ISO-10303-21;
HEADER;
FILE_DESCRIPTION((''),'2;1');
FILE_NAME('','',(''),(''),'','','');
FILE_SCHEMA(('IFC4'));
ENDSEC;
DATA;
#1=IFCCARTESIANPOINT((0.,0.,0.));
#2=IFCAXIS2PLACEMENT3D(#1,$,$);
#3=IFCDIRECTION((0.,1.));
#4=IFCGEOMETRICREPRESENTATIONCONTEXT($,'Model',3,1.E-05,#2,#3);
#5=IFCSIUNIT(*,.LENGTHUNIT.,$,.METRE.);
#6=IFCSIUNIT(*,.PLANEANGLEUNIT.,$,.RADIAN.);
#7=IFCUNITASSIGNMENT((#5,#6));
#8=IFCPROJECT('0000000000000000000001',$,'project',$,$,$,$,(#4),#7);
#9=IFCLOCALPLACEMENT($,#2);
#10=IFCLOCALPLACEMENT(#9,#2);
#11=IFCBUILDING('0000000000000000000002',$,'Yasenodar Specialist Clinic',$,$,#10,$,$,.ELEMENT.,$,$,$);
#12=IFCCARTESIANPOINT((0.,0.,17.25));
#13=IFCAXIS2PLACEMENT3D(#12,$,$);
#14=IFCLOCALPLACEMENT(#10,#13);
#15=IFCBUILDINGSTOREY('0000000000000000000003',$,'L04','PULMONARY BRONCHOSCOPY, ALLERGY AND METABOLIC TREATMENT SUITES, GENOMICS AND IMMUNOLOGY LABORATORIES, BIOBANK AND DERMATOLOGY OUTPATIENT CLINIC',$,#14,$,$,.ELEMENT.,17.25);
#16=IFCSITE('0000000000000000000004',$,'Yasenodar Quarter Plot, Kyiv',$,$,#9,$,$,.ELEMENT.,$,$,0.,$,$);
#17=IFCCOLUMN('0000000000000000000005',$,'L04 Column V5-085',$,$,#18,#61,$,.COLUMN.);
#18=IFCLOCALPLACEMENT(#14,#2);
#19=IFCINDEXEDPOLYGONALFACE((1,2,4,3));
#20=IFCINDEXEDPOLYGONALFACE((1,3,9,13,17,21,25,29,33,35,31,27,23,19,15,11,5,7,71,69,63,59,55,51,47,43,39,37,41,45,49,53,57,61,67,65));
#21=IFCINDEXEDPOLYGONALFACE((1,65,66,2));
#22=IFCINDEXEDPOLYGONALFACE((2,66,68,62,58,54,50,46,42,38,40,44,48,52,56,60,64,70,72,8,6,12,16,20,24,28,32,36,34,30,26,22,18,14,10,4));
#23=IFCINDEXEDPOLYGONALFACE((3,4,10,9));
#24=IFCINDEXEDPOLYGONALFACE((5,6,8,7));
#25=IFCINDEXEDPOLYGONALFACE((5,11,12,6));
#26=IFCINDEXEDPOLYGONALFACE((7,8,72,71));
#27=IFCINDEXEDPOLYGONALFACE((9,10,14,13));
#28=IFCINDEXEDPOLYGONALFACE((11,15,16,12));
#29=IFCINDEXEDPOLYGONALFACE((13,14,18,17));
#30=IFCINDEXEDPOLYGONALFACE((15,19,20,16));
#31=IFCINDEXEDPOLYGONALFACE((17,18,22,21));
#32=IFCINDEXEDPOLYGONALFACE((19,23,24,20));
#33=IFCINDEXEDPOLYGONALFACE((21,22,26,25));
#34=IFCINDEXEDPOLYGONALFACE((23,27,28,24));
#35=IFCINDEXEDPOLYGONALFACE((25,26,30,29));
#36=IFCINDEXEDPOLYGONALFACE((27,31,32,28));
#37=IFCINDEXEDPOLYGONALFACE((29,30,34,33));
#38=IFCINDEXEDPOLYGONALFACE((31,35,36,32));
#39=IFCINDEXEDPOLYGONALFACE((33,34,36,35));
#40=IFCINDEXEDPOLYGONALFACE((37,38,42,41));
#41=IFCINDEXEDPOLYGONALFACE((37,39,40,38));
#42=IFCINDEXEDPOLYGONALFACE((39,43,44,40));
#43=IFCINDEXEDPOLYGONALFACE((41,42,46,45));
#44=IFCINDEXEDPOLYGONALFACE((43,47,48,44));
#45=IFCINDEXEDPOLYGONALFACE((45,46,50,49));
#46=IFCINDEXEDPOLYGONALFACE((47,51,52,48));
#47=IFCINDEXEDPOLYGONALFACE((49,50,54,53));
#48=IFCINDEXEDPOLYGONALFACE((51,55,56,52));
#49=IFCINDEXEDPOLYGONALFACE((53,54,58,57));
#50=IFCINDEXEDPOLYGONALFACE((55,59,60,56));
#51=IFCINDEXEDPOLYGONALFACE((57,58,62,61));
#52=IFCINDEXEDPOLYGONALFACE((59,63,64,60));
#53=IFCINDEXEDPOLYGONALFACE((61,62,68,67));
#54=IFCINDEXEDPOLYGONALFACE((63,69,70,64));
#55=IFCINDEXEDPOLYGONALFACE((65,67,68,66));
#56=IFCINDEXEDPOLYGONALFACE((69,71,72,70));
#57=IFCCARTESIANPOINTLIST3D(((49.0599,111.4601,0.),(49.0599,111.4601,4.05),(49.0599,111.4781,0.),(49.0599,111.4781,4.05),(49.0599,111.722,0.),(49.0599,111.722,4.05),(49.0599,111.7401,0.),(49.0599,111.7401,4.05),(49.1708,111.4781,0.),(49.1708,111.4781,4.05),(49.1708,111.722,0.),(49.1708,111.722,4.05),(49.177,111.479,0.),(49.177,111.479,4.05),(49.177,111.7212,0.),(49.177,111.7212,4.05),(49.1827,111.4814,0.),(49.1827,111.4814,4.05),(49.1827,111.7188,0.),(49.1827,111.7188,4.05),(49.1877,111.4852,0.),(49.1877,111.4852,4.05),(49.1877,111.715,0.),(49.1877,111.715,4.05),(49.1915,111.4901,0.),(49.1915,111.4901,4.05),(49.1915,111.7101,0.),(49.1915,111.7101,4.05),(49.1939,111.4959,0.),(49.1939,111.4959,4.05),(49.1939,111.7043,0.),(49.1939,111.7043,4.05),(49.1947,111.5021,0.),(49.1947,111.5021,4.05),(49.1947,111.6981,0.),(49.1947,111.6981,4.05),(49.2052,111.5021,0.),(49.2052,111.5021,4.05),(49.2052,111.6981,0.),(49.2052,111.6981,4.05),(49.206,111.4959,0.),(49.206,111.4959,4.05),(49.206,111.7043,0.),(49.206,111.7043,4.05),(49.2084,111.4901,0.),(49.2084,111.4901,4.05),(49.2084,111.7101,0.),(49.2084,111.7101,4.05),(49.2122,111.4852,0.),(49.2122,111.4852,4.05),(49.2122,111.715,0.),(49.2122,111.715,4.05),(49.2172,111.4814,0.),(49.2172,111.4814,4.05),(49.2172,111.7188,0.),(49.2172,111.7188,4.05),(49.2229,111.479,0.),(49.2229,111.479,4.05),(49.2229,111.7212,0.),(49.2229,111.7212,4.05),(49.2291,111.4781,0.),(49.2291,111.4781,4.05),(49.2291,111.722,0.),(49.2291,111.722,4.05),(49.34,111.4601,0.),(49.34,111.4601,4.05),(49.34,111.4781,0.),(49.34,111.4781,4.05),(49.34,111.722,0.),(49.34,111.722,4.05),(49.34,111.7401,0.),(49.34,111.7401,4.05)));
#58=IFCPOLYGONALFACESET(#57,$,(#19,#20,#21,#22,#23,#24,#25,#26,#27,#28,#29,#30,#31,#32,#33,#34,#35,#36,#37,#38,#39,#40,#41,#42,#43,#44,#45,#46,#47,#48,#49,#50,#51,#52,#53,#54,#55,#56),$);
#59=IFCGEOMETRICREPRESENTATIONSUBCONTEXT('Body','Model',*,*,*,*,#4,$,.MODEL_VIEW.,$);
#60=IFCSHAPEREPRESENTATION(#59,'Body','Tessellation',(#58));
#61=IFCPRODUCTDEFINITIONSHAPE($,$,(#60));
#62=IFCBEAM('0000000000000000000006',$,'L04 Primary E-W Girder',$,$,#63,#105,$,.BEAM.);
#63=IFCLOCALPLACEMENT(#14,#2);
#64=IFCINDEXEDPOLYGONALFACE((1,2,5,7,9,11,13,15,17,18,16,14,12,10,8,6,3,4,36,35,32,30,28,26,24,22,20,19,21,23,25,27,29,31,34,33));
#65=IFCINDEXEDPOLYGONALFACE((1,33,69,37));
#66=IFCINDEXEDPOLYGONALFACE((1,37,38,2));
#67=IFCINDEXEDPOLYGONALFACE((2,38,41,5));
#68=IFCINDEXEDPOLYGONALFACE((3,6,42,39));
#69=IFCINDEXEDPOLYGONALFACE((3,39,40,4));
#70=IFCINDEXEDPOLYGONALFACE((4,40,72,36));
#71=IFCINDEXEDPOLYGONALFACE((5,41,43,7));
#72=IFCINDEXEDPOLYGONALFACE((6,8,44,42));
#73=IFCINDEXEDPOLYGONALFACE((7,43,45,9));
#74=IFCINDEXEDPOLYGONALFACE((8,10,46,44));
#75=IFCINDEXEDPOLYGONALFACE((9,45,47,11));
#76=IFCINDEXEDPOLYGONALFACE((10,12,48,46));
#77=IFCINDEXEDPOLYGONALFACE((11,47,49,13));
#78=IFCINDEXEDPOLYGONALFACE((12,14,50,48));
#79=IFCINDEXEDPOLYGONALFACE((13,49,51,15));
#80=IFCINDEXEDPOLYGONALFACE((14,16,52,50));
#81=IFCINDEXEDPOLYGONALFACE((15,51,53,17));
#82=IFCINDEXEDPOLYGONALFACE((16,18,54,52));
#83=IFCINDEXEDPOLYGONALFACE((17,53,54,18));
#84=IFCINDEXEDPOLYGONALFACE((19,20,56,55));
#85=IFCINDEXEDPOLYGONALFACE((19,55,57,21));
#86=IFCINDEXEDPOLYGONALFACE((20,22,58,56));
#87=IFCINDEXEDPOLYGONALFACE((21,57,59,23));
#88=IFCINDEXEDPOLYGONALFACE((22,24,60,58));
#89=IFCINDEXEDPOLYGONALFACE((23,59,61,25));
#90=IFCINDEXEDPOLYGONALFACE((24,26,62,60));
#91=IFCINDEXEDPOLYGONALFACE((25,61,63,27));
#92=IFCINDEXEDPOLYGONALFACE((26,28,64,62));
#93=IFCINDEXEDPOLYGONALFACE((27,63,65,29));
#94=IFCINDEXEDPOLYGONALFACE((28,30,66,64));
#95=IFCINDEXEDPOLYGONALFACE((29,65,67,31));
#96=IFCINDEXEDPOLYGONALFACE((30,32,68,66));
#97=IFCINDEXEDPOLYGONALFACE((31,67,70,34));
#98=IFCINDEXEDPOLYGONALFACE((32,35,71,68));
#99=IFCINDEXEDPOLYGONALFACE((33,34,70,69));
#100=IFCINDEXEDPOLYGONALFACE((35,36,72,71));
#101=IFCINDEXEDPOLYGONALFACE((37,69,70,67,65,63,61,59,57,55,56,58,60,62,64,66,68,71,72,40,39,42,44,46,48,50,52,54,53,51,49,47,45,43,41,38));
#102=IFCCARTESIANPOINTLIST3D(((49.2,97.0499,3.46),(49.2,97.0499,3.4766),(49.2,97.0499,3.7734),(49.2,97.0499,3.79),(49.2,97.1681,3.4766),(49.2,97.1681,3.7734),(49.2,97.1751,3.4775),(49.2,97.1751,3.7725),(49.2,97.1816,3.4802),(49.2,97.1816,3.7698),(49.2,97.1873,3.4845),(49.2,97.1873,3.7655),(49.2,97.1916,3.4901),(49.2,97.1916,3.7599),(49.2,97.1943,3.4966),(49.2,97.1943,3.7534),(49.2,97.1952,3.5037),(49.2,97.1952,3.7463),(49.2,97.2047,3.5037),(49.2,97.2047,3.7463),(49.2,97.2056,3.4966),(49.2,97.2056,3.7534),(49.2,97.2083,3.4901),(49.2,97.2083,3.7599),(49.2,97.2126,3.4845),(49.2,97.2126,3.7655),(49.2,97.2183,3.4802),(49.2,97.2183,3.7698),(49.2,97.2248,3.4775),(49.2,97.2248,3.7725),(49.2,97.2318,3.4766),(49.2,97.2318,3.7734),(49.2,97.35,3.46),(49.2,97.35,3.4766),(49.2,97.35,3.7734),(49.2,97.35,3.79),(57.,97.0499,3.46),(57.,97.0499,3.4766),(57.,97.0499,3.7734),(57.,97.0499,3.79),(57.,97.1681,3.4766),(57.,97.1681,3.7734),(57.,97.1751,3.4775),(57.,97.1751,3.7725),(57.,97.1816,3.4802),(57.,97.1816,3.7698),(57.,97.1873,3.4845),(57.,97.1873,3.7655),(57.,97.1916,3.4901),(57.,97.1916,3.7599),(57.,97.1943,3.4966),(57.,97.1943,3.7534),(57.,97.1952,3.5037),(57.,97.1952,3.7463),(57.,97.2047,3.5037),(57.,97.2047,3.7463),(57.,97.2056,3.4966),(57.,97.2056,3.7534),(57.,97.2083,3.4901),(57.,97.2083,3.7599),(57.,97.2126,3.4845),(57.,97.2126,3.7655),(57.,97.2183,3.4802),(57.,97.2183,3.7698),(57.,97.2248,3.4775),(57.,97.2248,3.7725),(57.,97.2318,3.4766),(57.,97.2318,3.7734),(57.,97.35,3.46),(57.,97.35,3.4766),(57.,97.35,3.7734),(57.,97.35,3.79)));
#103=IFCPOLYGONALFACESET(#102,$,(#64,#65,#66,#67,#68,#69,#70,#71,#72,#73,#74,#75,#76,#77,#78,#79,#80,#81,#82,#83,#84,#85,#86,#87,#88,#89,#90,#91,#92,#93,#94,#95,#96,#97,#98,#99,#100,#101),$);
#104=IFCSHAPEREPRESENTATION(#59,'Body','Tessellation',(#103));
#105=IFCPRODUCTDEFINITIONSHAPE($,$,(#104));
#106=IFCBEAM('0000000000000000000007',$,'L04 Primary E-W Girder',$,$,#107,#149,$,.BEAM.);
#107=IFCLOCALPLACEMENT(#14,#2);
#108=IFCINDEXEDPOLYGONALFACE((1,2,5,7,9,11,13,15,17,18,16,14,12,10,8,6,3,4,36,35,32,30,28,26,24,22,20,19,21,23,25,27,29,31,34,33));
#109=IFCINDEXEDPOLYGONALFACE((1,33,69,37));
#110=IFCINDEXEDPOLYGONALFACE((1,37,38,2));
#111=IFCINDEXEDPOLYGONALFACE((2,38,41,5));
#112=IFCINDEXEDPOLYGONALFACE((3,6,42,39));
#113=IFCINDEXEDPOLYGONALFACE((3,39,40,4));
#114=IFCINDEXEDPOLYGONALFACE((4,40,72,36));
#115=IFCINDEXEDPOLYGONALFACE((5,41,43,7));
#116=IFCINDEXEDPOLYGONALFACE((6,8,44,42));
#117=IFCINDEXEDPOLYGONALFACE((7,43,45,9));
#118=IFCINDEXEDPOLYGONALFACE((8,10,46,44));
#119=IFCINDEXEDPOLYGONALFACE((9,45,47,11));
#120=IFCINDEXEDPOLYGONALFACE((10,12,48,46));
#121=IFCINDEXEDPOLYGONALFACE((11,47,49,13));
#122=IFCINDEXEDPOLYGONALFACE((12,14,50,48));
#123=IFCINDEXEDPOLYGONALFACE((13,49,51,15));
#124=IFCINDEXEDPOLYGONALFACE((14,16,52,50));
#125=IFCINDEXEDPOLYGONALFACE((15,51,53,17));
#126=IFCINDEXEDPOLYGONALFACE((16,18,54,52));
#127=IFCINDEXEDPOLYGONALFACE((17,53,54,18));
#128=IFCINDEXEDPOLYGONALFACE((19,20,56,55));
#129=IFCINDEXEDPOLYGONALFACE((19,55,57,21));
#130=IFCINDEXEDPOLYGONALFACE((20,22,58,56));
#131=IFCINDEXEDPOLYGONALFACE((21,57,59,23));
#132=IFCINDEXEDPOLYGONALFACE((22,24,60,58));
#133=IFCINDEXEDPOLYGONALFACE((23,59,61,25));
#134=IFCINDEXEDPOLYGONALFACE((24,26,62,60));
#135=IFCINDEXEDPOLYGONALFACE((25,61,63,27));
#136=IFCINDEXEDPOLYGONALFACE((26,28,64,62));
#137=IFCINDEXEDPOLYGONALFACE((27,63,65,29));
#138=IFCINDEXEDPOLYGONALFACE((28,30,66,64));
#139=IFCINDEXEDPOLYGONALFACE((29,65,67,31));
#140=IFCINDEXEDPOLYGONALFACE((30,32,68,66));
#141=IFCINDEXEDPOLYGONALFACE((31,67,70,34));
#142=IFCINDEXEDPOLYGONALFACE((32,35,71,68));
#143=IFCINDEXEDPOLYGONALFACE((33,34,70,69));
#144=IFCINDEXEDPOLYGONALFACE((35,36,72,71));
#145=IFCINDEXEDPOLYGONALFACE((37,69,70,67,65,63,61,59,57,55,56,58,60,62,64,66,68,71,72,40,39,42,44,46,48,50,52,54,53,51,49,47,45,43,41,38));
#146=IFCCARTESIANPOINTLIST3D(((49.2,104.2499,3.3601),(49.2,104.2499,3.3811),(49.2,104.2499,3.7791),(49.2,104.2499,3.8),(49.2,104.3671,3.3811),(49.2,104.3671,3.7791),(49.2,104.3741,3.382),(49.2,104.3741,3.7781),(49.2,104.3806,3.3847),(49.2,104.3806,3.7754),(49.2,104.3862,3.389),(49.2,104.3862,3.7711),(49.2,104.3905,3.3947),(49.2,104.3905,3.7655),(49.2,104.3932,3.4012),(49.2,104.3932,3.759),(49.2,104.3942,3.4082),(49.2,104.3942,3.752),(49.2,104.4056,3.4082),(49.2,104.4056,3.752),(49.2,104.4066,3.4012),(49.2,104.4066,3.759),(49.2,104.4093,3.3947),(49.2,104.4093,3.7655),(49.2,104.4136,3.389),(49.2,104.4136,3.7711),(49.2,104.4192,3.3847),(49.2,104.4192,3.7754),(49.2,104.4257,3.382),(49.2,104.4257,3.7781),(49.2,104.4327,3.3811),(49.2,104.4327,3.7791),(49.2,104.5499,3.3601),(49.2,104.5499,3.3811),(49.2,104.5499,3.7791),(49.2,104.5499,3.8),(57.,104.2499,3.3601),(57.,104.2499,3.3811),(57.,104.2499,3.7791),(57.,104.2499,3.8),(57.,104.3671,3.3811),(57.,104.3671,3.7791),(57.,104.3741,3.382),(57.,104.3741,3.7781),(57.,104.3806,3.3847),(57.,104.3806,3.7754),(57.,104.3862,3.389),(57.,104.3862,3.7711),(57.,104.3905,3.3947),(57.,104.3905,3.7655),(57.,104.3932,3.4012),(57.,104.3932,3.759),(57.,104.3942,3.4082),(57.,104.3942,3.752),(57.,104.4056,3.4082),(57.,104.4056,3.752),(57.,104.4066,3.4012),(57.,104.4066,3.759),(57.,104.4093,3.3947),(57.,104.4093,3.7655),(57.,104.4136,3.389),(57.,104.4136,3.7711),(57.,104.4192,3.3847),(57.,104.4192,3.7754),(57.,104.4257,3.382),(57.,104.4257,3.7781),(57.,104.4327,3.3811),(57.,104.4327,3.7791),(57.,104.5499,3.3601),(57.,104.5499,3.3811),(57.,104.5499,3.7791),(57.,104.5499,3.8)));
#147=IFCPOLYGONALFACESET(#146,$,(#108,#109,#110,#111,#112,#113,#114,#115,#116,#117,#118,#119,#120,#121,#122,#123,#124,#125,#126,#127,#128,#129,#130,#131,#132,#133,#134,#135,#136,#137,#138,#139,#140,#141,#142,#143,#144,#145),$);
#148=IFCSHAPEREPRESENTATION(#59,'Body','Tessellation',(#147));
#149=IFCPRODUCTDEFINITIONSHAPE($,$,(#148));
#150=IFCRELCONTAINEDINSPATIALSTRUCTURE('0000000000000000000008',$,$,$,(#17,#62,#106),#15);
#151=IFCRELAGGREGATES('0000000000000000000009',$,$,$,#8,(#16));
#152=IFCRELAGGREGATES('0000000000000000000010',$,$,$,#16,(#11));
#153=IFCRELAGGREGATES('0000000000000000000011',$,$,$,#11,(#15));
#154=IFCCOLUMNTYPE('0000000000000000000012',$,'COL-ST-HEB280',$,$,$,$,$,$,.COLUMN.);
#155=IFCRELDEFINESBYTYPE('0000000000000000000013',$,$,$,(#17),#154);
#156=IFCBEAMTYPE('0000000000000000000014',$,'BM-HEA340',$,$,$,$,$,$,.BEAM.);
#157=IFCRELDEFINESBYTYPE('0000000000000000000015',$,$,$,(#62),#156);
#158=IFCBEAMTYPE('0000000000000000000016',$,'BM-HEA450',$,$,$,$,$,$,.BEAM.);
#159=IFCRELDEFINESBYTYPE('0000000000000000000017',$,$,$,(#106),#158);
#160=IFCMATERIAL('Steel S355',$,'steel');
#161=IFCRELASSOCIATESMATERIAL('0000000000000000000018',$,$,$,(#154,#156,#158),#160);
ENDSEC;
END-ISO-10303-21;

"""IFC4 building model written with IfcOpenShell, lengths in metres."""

from ifc_helpers import new_model, si_unit, direction, frame, origin, origin_2d, place, context, subcontext, project, spatial, i_section, extrude, material, material_profile, profile_set, type_object, element, save


model = new_model("IFC4")

# Units and contexts
model_context = context("Model", 3, precision=1e-05, world=origin(), true_north=direction((0.0, 1.0)))
body_context = subcontext(model_context, "Body", "Model", "MODEL_VIEW")
ifc_project = project(units=[si_unit("LENGTHUNIT", "METRE"), si_unit("PLANEANGLEUNIT", "RADIAN")], contexts=[model_context])

# Site, building, storey
site_placement = place(None, origin())
site = spatial("IfcSite", under=ifc_project, at=site_placement, Name="Yasenodar Quarter Plot, Kyiv", CompositionType="ELEMENT", RefElevation=0.0)
building_placement = place(site_placement, origin())
building = spatial("IfcBuilding", under=site, at=building_placement, Name="Yasenodar Specialist Clinic", CompositionType="ELEMENT")
storey_placement = place(building_placement, frame((0.0, 0.0, 17.25)))
storey = spatial("IfcBuildingStorey", under=building, at=storey_placement, Name="L04", Description="PULMONARY BRONCHOSCOPY, ALLERGY AND METABOLIC TREATMENT SUITES, GENOMICS AND IMMUNOLOGY LABORATORIES, BIOBANK AND DERMATOLOGY OUTPATIENT CLINIC", CompositionType="ELEMENT", Elevation=17.25)

# Column
ifc_material_1 = material(Name="Steel S355", Category="steel")
ifc_material_profile_1 = material_profile(ifc_material_1, i_section(OverallWidth=0.28, OverallDepth=0.28, WebThickness=0.0105, FlangeThickness=0.0181, FilletRadius=0.0239, at=origin_2d()), Name="HEB 280")
ifc_profile_set_1 = profile_set([ifc_material_profile_1], Name="Steel S355")
column_type_1 = type_object("IfcColumnType", Name="COL-ST-HEB280", PredefinedType="COLUMN", material=ifc_profile_set_1)
column_placement = place(storey_placement, frame((49.2, 111.6001, 0.0), z_axis=(0.0, 0.0, 1.0), x_axis=(1.0, 0.0, 0.0)))
element("IfcColumn", 1, at=column_placement, inside=storey, type_object=column_type_1, Name="L04 Column V5-085", PredefinedType="COLUMN", context=body_context, shape_type="SweptSolid", body=[
    extrude(i_section(OverallWidth=0.28, OverallDepth=0.28, WebThickness=0.0105, FlangeThickness=0.0181, FilletRadius=0.0239, at=origin_2d()), origin(), (0.0, 0.0, 1.0), 4.05),
])

# Beams
ifc_material_profile_2 = material_profile(ifc_material_1, i_section(OverallWidth=0.3, OverallDepth=0.3301, WebThickness=0.0095, FlangeThickness=0.0166, FilletRadius=0.0271, at=origin_2d()), Name="HEA 340")
ifc_profile_set_2 = profile_set([ifc_material_profile_2], Name="Steel S355")
beam_type_1 = type_object("IfcBeamType", Name="BM-HEA340", PredefinedType="BEAM", material=ifc_profile_set_2)
beam_1_placement = place(storey_placement, frame((49.2, 97.2, 3.625), z_axis=(1.0, 0.0, 0.0), x_axis=(0.0, 1.0, 0.0)))
element("IfcBeam", 2, at=beam_1_placement, inside=storey, type_object=beam_type_1, Name="L04 Primary E-W Girder", PredefinedType="BEAM", context=body_context, shape_type="SweptSolid", body=[
    extrude(i_section(OverallWidth=0.3, OverallDepth=0.3301, WebThickness=0.0095, FlangeThickness=0.0166, FilletRadius=0.0271, at=origin_2d()), origin(), (0.0, 0.0, 1.0), 7.8),
])
ifc_material_profile_3 = material_profile(ifc_material_1, i_section(OverallWidth=0.3, OverallDepth=0.4399, WebThickness=0.0115, FlangeThickness=0.021, FilletRadius=0.0271, at=origin_2d()), Name="HEA 450")
ifc_profile_set_3 = profile_set([ifc_material_profile_3], Name="Steel S355")
beam_type_2 = type_object("IfcBeamType", Name="BM-HEA450", PredefinedType="BEAM", material=ifc_profile_set_3)
beam_2_placement = place(storey_placement, frame((49.2, 104.3999, 3.5801), z_axis=(1.0, 0.0, 0.0), x_axis=(0.0, 1.0, 0.0)))
element("IfcBeam", 3, at=beam_2_placement, inside=storey, type_object=beam_type_2, Name="L04 Primary E-W Girder", PredefinedType="BEAM", context=body_context, shape_type="SweptSolid", body=[
    extrude(i_section(OverallWidth=0.3, OverallDepth=0.4399, WebThickness=0.0115, FlangeThickness=0.021, FilletRadius=0.0271, at=origin_2d()), origin(), (0.0, 0.0, 1.0), 7.8),
])

save(model, "model.ifc")
